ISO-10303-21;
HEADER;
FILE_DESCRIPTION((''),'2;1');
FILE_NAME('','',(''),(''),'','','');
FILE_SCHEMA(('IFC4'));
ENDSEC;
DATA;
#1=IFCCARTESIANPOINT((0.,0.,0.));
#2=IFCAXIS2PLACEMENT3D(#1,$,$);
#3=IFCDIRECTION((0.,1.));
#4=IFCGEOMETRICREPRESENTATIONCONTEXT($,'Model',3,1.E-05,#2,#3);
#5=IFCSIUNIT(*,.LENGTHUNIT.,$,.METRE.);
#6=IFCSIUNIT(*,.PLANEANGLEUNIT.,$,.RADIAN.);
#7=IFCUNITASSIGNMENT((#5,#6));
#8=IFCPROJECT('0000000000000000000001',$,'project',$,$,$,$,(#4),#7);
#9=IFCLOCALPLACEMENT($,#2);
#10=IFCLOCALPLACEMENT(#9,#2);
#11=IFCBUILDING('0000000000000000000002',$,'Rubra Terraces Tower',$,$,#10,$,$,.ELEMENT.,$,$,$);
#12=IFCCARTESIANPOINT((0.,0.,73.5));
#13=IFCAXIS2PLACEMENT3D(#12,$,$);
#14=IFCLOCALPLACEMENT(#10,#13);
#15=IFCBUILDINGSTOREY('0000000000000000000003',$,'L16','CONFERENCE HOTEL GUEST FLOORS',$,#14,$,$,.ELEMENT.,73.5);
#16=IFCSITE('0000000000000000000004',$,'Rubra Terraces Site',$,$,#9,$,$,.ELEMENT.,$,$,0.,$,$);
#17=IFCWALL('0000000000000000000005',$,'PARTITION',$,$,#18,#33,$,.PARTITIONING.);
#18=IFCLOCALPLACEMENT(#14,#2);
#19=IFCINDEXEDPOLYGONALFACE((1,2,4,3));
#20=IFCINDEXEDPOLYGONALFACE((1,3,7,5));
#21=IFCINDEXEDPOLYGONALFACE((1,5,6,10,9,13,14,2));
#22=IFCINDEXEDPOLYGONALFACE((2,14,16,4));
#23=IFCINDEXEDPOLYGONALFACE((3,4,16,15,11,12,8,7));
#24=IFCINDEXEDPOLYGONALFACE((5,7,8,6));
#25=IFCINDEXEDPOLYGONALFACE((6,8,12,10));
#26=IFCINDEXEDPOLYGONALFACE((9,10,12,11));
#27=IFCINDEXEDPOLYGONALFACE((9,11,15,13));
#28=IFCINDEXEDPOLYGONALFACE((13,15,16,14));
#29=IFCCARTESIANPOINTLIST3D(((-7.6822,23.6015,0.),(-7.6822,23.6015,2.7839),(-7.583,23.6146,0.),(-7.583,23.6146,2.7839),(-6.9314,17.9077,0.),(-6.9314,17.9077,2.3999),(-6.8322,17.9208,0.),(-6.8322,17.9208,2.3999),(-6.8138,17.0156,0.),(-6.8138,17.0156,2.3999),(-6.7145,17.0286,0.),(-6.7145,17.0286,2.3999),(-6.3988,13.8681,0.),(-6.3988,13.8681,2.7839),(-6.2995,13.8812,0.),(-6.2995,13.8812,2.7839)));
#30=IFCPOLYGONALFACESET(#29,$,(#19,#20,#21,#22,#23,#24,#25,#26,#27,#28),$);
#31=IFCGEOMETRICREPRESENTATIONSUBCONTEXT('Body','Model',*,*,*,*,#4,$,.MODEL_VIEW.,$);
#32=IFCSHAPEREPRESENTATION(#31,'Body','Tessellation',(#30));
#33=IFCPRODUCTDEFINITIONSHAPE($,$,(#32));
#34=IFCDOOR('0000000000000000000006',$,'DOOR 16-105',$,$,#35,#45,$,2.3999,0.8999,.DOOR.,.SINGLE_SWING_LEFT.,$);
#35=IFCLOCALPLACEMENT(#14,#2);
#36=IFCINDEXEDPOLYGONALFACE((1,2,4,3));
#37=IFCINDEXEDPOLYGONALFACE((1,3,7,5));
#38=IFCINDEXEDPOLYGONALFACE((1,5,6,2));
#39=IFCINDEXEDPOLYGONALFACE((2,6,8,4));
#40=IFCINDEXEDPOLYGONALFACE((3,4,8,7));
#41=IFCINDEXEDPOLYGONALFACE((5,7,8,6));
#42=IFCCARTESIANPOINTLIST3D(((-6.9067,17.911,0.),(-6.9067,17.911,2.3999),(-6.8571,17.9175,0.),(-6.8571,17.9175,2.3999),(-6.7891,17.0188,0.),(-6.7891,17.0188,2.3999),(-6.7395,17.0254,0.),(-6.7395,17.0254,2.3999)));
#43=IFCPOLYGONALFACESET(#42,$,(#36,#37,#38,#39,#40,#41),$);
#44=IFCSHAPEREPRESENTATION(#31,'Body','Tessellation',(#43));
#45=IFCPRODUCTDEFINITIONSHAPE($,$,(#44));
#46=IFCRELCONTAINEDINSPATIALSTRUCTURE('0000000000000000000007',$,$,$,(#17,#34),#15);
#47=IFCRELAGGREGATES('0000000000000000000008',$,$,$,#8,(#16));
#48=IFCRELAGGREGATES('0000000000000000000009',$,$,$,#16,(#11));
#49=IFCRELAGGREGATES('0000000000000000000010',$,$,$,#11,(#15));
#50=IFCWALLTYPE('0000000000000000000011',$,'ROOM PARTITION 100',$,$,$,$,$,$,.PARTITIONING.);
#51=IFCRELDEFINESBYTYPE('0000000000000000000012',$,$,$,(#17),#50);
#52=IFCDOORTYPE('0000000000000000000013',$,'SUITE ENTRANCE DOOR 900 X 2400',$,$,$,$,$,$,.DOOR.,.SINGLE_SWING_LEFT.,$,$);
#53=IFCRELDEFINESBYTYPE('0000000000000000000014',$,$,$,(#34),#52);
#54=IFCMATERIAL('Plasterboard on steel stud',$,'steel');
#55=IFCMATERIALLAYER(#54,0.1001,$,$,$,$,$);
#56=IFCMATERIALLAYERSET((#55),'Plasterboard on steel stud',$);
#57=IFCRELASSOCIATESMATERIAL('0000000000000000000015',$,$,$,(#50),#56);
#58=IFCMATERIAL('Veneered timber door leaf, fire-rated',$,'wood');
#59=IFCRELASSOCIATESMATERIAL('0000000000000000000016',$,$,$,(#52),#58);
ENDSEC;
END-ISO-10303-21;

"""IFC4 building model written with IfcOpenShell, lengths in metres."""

from ifc_helpers import new_model, si_unit, direction, frame, frame_2d, origin, place, context, subcontext, project, spatial, rectangle, extrude, material, layer, layer_set, type_object, element, fill, save


model = new_model("IFC4")

# Units and contexts
model_context = context("Model", 3, precision=1e-05, world=origin(), true_north=direction((0.0, 1.0)))
body_context = subcontext(model_context, "Body", "Model", "MODEL_VIEW")
ifc_project = project(units=[si_unit("LENGTHUNIT", "METRE"), si_unit("PLANEANGLEUNIT", "RADIAN")], contexts=[model_context])

# Site, building, storey
site_placement = place(None, origin())
site = spatial("IfcSite", under=ifc_project, at=site_placement, Name="Rubra Terraces Site", CompositionType="ELEMENT", RefElevation=0.0)
building_placement = place(site_placement, origin())
building = spatial("IfcBuilding", under=site, at=building_placement, Name="Rubra Terraces Tower", CompositionType="ELEMENT")
storey_placement = place(building_placement, frame((0.0, 0.0, 73.5)))
storey = spatial("IfcBuildingStorey", under=building, at=storey_placement, Name="L16", Description="CONFERENCE HOTEL GUEST FLOORS", CompositionType="ELEMENT", Elevation=73.5)

# Wall, opening, door
ifc_material_1 = material(Name="Plasterboard on steel stud", Category="steel")
ifc_layer_1 = layer(ifc_material_1, 0.1001)
ifc_layer_set_1 = layer_set([ifc_layer_1], Name="Plasterboard on steel stud")
wall_type_1 = type_object("IfcWallType", Name="ROOM PARTITION 100", PredefinedType="PARTITIONING", material=ifc_layer_set_1)
ifc_material_2 = material(Name="Veneered timber door leaf, fire-rated", Category="wood")
door_type = type_object("IfcDoorType", Name="SUITE ENTRANCE DOOR 900 X 2400", OperationType="SINGLE_SWING_LEFT", PredefinedType="DOOR", material=ifc_material_2)
wall_1_placement = place(storey_placement, frame((-7.6326, 23.6079, 0.0), z_axis=(0.0, 0.0, 1.0), x_axis=(0.130729, -0.991418, 0.0)))
wall_1 = element("IfcWall", 1, at=wall_1_placement, inside=storey, type_object=wall_type_1, Name="PARTITION", PredefinedType="PARTITIONING", context=body_context, shape_type="SweptSolid", body=[
    extrude(rectangle(XDim=9.8176, YDim=0.1001, at=frame_2d((4.9087, 0.0))), origin(), (0.0, 0.0, 1.0), 2.7839),
])
opening_1_placement = place(wall_1_placement, frame((5.7429, 0.0, 0.0)))
opening_1 = element("IfcOpeningElement", 2, at=opening_1_placement, cuts=wall_1, PredefinedType="OPENING", context=body_context, shape_type="SweptSolid", body=[
    extrude(rectangle(XDim=0.8999, YDim=2.3999, at=frame_2d((0.45, 1.2))), frame((0.0, 0.0601, 0.0), z_axis=(0.0, -1.0, 0.0), x_axis=(1.0, 0.0, 0.0)), (0.0, 0.0, 1.0), 0.1201),
])
door_1_placement = place(opening_1_placement, origin())
door_1 = element("IfcDoor", 3, at=door_1_placement, inside=storey, type_object=door_type, Name="DOOR 16-105", OperationType="SINGLE_SWING_LEFT", OverallHeight=2.3999, OverallWidth=0.8999, PredefinedType="DOOR", context=body_context, shape_type="SweptSolid", body=[
    extrude(rectangle(XDim=0.8999, YDim=2.3999, at=frame_2d((0.45, 1.2))), frame((0.0, 0.0249, 0.0), z_axis=(0.0, -1.0, 0.0), x_axis=(1.0, 0.0, 0.0)), (0.0, 0.0, 1.0), 0.05),
])
fill(opening_1, door_1)

save(model, "model.ifc")
